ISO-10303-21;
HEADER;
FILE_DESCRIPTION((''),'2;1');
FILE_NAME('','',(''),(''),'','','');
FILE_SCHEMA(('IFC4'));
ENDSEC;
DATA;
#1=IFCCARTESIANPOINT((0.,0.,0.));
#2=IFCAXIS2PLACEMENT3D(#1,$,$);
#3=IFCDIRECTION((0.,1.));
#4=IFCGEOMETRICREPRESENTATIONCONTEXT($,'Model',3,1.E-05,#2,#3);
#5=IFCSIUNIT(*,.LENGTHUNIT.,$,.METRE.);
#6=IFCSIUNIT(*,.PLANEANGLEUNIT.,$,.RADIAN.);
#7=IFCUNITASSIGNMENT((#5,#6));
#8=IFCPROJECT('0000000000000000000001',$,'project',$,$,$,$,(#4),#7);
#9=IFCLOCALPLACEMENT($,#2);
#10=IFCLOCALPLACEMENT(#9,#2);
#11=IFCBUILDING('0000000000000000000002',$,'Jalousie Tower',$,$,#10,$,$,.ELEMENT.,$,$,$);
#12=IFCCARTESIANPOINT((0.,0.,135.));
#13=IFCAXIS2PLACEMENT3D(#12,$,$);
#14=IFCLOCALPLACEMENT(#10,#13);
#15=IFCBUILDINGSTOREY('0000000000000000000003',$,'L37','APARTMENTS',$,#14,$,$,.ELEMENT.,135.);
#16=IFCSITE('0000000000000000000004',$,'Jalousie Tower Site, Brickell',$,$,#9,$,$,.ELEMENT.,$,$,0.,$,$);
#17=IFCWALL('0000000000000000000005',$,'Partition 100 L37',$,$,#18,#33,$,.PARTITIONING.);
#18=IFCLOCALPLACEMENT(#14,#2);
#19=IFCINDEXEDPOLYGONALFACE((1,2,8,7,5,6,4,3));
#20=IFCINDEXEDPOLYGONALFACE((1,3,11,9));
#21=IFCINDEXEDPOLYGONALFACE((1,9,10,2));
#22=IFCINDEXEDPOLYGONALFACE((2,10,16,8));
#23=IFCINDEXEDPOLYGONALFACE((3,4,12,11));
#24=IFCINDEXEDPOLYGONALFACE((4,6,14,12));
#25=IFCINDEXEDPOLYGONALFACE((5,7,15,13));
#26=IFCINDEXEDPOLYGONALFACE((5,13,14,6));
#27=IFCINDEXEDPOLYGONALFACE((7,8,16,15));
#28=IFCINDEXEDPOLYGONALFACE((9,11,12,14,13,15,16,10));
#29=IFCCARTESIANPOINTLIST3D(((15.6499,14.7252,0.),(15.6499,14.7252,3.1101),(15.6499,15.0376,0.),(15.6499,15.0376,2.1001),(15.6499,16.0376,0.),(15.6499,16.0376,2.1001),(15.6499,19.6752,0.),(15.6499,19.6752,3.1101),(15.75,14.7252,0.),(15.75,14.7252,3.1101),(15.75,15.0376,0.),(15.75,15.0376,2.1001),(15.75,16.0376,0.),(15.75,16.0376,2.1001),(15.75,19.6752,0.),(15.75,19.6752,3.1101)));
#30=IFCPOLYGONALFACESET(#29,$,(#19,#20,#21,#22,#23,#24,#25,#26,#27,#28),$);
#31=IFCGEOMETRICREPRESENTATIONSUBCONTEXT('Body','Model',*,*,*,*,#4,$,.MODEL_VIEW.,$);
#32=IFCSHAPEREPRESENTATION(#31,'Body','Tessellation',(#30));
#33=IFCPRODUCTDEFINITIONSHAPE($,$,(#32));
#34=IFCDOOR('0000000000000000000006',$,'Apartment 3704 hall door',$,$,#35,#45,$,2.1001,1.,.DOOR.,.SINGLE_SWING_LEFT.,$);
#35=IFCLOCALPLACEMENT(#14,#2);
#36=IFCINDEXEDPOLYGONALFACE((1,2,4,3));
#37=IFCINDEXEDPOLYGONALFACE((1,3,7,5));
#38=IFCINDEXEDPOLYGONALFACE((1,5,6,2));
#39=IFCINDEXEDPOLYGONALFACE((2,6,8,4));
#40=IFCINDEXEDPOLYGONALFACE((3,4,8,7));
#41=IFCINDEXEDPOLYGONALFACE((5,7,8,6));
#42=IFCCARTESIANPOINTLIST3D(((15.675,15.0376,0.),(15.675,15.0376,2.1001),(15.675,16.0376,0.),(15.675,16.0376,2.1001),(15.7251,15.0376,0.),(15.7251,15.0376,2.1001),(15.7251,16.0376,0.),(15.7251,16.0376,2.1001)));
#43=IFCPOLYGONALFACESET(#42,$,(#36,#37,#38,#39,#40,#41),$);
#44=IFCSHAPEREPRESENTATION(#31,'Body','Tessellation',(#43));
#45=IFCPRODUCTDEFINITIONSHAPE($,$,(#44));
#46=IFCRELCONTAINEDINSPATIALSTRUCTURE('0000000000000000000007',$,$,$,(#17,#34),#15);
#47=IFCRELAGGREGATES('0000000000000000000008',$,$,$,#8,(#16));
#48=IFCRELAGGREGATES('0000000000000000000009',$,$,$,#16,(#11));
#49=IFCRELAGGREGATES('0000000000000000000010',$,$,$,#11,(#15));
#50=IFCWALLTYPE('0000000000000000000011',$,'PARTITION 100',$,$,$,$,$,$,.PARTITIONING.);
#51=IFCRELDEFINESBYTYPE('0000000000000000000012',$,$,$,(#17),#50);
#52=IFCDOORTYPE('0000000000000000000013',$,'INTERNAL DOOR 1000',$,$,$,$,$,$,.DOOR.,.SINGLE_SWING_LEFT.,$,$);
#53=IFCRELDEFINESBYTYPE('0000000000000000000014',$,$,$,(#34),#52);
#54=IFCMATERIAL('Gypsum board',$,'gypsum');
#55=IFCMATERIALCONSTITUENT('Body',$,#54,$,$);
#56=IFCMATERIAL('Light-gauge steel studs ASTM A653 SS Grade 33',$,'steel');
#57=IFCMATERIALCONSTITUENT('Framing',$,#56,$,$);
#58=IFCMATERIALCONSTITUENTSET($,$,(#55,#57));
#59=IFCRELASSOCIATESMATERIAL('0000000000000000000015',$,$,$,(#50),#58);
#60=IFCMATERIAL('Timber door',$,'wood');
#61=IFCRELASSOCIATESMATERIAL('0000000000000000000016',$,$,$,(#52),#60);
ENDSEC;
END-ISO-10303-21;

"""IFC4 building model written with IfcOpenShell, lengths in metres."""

from ifc_helpers import new_model, si_unit, direction, frame, frame_2d, origin, place, context, subcontext, project, spatial, rectangle, extrude, material, constituent, constituent_set, type_object, element, fill, save


model = new_model("IFC4")

# Units and contexts
model_context = context("Model", 3, precision=1e-05, world=origin(), true_north=direction((0.0, 1.0)))
body_context = subcontext(model_context, "Body", "Model", "MODEL_VIEW")
ifc_project = project(units=[si_unit("LENGTHUNIT", "METRE"), si_unit("PLANEANGLEUNIT", "RADIAN")], contexts=[model_context])

# Site, building, storey
site_placement = place(None, origin())
site = spatial("IfcSite", under=ifc_project, at=site_placement, Name="Jalousie Tower Site, Brickell", CompositionType="ELEMENT", RefElevation=0.0)
building_placement = place(site_placement, origin())
building = spatial("IfcBuilding", under=site, at=building_placement, Name="Jalousie Tower", CompositionType="ELEMENT")
storey_placement = place(building_placement, frame((0.0, 0.0, 135.0)))
storey = spatial("IfcBuildingStorey", under=building, at=storey_placement, Name="L37", Description="APARTMENTS", CompositionType="ELEMENT", Elevation=135.0)

# Shared definitions
ifc_material_1 = material(Name="Gypsum board", Category="gypsum")
ifc_constituent_1 = constituent(ifc_material_1, Name="Body")
ifc_material_2 = material(Name="Light-gauge steel studs ASTM A653 SS Grade 33", Category="steel")
ifc_constituent_2 = constituent(ifc_material_2, Name="Framing")
ifc_constituent_set_1 = constituent_set(constituents=[ifc_constituent_1, ifc_constituent_2])
wall_type_1 = type_object("IfcWallType", Name="PARTITION 100", PredefinedType="PARTITIONING", material=ifc_constituent_set_1)

# Wall, opening, door
wall_1_placement = place(storey_placement, frame((15.7, 14.7251, 0.0), z_axis=(0.0, 0.0, 1.0), x_axis=(0.0, 1.0, 0.0)))
wall_1 = element("IfcWall", 1, at=wall_1_placement, inside=storey, type_object=wall_type_1, Name="Partition 100 L37", PredefinedType="PARTITIONING", context=body_context, shape_type="SweptSolid", body=[
    extrude(rectangle(XDim=4.95, YDim=0.1001, at=frame_2d((2.4751, 0.0))), origin(), (0.0, 0.0, 1.0), 3.1101),
])
opening_1_placement = place(wall_1_placement, frame((0.3125, 0.0, 0.0)))
opening_1 = element("IfcOpeningElement", 2, at=opening_1_placement, cuts=wall_1, PredefinedType="OPENING", context=body_context, shape_type="SweptSolid", body=[
    extrude(rectangle(XDim=1.0, YDim=2.1001, at=frame_2d((0.5, 1.05))), frame((0.0, 0.0601, 0.0), z_axis=(0.0, -1.0, 0.0), x_axis=(1.0, 0.0, 0.0)), (0.0, 0.0, 1.0), 0.1201),
])
ifc_material_3 = material(Name="Timber door", Category="wood")
door_type_1 = type_object("IfcDoorType", Name="INTERNAL DOOR 1000", OperationType="SINGLE_SWING_LEFT", PredefinedType="DOOR", material=ifc_material_3)
door_1_placement = place(opening_1_placement, origin())
door_1 = element("IfcDoor", 3, at=door_1_placement, inside=storey, type_object=door_type_1, Name="Apartment 3704 hall door", OperationType="SINGLE_SWING_LEFT", OverallHeight=2.1001, OverallWidth=1.0, PredefinedType="DOOR", context=body_context, shape_type="SweptSolid", body=[
    extrude(rectangle(XDim=1.0, YDim=2.1001, at=frame_2d((0.5, 1.05))), frame((0.0, 0.0249, 0.0), z_axis=(0.0, -1.0, 0.0), x_axis=(1.0, 0.0, 0.0)), (0.0, 0.0, 1.0), 0.05),
])
fill(opening_1, door_1)

save(model, "model.ifc")
